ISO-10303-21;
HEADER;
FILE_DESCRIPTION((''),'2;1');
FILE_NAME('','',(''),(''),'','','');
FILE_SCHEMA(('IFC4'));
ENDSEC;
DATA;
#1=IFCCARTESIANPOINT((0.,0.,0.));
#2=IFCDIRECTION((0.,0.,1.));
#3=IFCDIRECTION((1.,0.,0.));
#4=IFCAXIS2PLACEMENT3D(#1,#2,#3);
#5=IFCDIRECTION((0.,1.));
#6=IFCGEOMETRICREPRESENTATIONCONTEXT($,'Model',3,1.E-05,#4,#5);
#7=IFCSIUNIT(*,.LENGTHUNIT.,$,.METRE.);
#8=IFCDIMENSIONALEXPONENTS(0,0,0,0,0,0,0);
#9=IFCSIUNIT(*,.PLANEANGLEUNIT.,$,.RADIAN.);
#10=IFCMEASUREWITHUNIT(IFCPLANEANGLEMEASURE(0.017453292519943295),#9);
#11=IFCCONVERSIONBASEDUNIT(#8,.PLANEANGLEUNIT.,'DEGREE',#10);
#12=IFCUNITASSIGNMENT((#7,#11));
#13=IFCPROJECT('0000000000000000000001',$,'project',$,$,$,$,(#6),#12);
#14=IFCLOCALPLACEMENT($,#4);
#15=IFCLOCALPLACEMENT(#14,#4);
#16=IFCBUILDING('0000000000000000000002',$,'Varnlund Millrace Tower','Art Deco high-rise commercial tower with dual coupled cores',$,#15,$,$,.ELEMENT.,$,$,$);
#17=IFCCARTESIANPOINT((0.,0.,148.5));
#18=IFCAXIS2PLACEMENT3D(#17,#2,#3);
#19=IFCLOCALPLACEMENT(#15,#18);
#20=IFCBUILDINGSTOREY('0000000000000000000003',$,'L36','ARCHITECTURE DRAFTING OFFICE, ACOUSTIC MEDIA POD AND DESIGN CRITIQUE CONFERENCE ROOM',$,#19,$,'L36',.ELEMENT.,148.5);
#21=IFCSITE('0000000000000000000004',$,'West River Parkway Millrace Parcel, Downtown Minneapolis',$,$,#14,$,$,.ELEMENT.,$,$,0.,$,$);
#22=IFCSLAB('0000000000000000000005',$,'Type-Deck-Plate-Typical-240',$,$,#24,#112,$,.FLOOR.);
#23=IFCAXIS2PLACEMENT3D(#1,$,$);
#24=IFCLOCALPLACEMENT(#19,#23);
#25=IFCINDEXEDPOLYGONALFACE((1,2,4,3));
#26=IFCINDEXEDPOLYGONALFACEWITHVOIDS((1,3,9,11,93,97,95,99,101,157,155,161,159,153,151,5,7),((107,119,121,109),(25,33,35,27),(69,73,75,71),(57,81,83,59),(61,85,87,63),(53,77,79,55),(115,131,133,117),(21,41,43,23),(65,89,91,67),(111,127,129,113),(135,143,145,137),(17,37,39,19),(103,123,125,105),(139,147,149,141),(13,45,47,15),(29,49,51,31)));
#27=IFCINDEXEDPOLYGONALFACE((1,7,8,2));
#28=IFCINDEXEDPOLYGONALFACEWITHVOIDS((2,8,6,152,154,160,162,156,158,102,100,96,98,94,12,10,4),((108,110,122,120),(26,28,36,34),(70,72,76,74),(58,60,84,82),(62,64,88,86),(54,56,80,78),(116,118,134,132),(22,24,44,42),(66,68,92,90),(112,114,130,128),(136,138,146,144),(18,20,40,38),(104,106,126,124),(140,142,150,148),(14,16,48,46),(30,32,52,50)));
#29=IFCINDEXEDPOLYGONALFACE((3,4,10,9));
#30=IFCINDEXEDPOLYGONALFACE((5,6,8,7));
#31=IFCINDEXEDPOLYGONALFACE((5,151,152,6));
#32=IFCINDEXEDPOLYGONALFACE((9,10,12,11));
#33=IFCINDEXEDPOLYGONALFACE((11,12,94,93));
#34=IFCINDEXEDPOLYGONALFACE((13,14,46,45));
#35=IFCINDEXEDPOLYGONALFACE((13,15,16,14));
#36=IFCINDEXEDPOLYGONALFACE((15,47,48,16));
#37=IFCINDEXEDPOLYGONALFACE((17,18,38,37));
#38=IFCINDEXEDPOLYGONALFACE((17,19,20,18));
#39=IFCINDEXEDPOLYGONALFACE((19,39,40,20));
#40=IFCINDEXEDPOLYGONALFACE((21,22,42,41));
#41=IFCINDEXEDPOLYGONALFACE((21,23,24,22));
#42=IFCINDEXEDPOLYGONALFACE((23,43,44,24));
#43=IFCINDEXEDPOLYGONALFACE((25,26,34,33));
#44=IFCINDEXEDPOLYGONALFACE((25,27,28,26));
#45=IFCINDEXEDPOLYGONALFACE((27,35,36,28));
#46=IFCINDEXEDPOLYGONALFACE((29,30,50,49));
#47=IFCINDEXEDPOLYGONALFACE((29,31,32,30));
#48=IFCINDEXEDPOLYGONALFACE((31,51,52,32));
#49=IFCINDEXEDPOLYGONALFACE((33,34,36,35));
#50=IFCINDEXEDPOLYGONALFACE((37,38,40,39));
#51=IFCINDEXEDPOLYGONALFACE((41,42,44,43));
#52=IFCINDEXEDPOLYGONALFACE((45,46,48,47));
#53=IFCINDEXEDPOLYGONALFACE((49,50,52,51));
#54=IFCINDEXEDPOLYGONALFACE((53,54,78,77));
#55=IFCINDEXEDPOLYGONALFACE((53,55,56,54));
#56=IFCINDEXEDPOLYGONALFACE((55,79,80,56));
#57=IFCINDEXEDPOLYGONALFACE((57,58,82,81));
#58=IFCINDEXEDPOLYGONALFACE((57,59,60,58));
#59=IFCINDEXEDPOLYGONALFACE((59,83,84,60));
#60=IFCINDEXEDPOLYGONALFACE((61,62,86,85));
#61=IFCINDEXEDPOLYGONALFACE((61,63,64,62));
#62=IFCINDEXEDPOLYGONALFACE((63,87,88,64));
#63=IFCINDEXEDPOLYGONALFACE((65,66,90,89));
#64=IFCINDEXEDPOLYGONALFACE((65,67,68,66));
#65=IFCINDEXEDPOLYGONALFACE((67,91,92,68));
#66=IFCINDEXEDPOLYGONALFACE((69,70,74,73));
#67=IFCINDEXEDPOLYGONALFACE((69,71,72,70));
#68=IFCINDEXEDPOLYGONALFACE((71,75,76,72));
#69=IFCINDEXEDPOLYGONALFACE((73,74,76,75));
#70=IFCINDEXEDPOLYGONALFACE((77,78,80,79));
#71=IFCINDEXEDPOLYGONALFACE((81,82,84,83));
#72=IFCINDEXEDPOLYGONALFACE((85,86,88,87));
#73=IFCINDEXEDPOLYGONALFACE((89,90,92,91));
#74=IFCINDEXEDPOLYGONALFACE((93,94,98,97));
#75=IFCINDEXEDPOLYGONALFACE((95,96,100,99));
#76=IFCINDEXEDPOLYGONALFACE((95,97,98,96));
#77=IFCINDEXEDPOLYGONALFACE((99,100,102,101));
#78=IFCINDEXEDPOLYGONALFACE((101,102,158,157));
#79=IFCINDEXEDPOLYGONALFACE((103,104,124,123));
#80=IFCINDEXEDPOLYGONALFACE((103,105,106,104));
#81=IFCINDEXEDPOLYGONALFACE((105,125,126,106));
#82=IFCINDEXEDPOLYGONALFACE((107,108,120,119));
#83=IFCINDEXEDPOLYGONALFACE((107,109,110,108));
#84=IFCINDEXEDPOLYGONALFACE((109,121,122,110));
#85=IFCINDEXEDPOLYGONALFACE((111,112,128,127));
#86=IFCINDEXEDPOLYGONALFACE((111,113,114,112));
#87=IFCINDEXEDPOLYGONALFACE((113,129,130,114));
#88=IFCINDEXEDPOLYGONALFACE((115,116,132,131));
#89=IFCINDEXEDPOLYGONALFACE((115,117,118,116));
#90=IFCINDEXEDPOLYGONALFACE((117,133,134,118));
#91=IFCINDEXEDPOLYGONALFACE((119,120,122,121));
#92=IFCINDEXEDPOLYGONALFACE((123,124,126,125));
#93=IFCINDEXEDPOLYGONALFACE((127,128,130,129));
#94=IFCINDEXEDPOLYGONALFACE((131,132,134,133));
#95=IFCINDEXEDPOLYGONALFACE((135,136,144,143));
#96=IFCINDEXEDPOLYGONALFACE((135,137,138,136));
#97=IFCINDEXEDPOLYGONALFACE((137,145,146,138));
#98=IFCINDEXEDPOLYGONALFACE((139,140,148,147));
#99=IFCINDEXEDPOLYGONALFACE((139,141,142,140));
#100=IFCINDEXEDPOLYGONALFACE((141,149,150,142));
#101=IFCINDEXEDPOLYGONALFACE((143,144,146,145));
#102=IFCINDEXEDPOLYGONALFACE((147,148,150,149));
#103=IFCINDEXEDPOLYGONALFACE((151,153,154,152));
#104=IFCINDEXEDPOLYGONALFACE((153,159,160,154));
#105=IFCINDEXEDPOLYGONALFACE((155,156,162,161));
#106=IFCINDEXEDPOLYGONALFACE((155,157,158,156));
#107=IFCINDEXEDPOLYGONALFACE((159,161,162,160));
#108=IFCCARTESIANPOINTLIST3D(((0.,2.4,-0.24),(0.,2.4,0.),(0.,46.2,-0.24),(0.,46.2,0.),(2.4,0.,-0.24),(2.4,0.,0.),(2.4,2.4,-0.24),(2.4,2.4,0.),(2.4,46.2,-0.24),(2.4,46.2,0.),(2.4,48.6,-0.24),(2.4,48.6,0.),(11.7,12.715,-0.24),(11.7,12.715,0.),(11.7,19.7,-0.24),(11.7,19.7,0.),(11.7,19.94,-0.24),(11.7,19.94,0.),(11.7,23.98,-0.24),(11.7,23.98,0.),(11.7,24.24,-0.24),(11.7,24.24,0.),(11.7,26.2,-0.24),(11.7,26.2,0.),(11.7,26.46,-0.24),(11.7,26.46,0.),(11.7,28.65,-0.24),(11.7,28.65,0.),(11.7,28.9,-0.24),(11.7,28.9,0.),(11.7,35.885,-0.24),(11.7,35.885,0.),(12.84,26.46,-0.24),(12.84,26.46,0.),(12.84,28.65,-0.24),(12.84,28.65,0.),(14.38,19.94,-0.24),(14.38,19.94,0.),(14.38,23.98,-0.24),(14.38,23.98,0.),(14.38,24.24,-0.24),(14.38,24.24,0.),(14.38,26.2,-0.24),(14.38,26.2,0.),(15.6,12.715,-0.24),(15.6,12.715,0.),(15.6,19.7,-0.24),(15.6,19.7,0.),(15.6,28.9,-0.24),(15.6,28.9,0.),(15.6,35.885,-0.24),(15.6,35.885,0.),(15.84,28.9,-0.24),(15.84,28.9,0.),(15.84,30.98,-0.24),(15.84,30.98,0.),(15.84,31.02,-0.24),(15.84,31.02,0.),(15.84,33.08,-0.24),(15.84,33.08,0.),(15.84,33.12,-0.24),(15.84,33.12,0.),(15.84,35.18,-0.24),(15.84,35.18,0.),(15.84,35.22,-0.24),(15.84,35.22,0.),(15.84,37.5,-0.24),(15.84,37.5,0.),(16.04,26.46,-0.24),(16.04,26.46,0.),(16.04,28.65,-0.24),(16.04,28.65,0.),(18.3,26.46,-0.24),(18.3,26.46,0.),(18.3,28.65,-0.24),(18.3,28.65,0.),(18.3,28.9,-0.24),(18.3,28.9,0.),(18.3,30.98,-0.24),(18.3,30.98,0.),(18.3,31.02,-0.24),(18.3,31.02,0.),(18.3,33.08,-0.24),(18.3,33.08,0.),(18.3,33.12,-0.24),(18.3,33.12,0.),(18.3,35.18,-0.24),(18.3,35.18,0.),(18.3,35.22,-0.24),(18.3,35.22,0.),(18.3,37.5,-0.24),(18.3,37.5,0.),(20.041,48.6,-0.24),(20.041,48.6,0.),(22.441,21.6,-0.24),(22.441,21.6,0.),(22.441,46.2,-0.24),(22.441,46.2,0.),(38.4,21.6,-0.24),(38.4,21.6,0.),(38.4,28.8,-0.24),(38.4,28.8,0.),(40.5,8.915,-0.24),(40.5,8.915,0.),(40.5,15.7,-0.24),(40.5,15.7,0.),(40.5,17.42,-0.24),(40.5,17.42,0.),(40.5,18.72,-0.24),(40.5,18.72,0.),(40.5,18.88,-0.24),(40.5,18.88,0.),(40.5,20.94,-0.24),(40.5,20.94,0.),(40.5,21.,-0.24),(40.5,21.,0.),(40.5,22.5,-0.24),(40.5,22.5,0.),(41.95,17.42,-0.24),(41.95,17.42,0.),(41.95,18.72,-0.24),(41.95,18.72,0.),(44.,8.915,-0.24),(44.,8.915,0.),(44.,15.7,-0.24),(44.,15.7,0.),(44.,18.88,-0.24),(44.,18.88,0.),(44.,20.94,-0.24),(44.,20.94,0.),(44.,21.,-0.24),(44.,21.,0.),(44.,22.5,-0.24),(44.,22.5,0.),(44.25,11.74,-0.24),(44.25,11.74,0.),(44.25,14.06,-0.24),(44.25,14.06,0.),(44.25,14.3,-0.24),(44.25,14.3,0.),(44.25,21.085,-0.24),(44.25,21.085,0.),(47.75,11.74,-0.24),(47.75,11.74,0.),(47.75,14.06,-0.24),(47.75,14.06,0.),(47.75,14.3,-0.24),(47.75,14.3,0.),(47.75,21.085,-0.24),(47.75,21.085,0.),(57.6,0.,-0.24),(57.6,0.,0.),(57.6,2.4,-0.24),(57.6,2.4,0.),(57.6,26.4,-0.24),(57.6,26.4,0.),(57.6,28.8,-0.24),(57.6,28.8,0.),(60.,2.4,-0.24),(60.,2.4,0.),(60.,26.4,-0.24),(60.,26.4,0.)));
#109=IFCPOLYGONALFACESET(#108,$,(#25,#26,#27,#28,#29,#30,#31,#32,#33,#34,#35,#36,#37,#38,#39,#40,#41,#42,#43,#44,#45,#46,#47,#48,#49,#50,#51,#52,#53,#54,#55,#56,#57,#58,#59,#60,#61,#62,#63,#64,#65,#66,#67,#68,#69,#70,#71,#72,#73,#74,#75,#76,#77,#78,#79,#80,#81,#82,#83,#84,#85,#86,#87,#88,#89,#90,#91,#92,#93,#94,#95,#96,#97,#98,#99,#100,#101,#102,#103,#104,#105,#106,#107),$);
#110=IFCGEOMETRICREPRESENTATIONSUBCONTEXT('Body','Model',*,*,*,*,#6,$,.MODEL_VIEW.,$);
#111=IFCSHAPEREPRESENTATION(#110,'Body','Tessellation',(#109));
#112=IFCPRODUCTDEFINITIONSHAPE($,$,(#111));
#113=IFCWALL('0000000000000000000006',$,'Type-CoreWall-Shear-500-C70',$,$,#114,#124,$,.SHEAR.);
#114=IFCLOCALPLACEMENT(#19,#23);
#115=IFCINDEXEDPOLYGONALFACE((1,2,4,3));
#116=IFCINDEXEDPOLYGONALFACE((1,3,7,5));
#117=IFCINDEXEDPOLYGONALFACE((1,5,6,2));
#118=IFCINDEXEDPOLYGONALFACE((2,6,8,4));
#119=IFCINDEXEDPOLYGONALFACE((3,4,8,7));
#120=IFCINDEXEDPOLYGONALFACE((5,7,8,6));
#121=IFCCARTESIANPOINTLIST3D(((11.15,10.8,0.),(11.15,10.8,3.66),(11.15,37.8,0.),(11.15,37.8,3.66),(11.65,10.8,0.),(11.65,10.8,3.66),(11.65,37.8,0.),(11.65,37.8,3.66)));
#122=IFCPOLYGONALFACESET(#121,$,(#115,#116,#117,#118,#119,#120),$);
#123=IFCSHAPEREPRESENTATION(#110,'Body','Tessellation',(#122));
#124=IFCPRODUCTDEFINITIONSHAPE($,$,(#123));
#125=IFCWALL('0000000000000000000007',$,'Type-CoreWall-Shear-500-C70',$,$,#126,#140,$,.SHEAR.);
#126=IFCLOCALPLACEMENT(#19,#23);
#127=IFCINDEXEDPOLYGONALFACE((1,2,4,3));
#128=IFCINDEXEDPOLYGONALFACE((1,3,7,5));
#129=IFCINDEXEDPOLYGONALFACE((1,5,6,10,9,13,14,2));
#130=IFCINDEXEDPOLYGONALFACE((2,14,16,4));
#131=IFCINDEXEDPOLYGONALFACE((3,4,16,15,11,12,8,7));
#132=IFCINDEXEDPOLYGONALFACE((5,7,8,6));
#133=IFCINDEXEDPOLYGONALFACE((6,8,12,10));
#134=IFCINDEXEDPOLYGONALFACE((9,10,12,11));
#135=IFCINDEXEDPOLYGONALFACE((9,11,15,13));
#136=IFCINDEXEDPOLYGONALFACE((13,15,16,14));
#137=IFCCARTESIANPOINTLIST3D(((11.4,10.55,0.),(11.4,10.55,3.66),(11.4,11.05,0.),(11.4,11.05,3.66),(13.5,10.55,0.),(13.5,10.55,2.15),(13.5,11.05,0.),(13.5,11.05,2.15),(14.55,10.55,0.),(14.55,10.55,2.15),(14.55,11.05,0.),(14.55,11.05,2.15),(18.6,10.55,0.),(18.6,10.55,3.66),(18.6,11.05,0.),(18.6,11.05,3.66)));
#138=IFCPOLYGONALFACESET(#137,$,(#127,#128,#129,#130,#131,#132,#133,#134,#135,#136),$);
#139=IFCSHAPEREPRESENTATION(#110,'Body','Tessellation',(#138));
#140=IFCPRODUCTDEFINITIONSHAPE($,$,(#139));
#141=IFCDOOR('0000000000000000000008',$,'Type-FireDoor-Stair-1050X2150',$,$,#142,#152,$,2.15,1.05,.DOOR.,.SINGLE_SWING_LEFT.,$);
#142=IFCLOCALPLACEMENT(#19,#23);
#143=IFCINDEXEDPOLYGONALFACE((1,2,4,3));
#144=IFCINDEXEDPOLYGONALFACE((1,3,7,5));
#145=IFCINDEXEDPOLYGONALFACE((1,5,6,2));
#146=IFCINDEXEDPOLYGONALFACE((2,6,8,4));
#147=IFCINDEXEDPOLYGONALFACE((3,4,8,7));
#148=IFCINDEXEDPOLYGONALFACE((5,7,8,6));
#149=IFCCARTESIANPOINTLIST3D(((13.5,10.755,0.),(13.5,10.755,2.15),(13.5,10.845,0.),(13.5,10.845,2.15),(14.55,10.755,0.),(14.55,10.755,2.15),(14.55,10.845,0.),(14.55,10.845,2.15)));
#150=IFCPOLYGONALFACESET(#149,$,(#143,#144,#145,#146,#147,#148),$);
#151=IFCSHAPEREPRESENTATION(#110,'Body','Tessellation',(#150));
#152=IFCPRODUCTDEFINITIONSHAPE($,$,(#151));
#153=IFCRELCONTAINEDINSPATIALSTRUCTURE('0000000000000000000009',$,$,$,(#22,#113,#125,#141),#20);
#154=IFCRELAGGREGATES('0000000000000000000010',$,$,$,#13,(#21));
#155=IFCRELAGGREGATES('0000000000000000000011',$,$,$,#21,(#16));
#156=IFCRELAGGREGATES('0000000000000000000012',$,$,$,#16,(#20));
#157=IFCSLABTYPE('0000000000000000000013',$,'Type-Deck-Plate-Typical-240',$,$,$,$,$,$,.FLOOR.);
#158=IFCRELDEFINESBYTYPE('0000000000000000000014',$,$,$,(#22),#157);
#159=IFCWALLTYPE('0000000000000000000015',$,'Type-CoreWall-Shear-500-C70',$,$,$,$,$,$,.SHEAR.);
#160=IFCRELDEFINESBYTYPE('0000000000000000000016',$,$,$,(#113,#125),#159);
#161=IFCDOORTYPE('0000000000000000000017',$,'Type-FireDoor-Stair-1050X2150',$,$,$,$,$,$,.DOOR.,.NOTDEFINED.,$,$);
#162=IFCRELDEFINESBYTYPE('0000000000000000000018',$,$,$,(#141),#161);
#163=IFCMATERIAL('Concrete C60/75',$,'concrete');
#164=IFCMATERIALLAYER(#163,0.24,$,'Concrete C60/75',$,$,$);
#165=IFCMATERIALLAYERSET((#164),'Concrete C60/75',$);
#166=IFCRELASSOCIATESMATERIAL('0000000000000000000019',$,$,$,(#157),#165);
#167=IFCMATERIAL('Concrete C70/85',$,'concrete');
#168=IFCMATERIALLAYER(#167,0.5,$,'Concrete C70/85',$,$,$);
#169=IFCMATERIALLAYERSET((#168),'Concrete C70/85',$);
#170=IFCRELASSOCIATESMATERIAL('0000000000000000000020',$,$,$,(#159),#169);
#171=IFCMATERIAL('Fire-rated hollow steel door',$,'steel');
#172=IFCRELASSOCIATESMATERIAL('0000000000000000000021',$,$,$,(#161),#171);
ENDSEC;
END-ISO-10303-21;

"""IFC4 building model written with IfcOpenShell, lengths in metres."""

from ifc_helpers import new_model, entity, si_unit, converted_unit, direction, frame, origin_with_axes, origin_2d_with_axis, place, context, subcontext, project, spatial, polyline, rectangle, outline, extrude, material, layer, layer_set, type_object, element, fill, save


model = new_model("IFC4")

# Units and contexts
model_context = context("Model", 3, precision=1e-05, world=origin_with_axes(), true_north=direction((0.0, 1.0)))
body_context = subcontext(model_context, "Body", "Model", "MODEL_VIEW")
ifc_project = project(units=[si_unit("LENGTHUNIT", "METRE"), converted_unit("PLANEANGLEUNIT", "DEGREE", entity("IfcPlaneAngleMeasure", 0.017453292519943295), si_unit("PLANEANGLEUNIT", "RADIAN"), dimensions=[0, 0, 0, 0, 0, 0, 0])], contexts=[model_context])

# Site, building, storey
site_placement = place(None, origin_with_axes())
site = spatial("IfcSite", under=ifc_project, at=site_placement, Name="West River Parkway Millrace Parcel, Downtown Minneapolis", CompositionType="ELEMENT", RefElevation=0.0)
building_placement = place(site_placement, origin_with_axes())
building = spatial("IfcBuilding", under=site, at=building_placement, Name="Varnlund Millrace Tower", Description="Art Deco high-rise commercial tower with dual coupled cores", CompositionType="ELEMENT")
storey_placement = place(building_placement, frame((0.0, 0.0, 148.5), z_axis=(0.0, 0.0, 1.0), x_axis=(1.0, 0.0, 0.0)))
storey = spatial("IfcBuildingStorey", under=building, at=storey_placement, Name="L36", Description="ARCHITECTURE DRAFTING OFFICE, ACOUSTIC MEDIA POD AND DESIGN CRITIQUE CONFERENCE ROOM", LongName="L36", CompositionType="ELEMENT", Elevation=148.5)

# Slab
ifc_material_1 = material(Name="Concrete C60/75", Category="concrete")
ifc_layer_1 = layer(ifc_material_1, 0.24, Name="Concrete C60/75")
ifc_layer_set_1 = layer_set([ifc_layer_1], Name="Concrete C60/75")
slab_type = type_object("IfcSlabType", Name="Type-Deck-Plate-Typical-240", PredefinedType="FLOOR", material=ifc_layer_set_1)
slab_placement = place(storey_placement, frame((0.0, 0.0, -0.24), z_axis=(0.0, 0.0, 1.0), x_axis=(1.0, 0.0, 0.0)))
element("IfcSlab", 1, at=slab_placement, inside=storey, type_object=slab_type, Name="Type-Deck-Plate-Typical-240", PredefinedType="FLOOR", context=body_context, shape_type="SweptSolid", body=[
    extrude(outline(polyline([(22.441, 21.6), (22.441, 46.2), (20.041, 48.6), (2.4, 48.6), (2.4, 46.2), (0.0, 46.2), (0.0, 2.4), (2.4, 2.4), (2.4, 0.0), (57.6, 0.0), (57.6, 2.4), (60.0, 2.4), (60.0, 26.4), (57.6, 26.4), (57.6, 28.8), (38.4, 28.8), (38.4, 21.6), (22.441, 21.6)]), holes=[polyline([(15.6, 12.715), (11.7, 12.715), (11.7, 19.7), (15.6, 19.7), (15.6, 12.715)]), polyline([(14.38, 23.98), (14.38, 19.94), (11.7, 19.94), (11.7, 23.98), (14.38, 23.98)]), polyline([(14.38, 24.24), (11.7, 24.24), (11.7, 26.2), (14.38, 26.2), (14.38, 24.24)]), polyline([(12.84, 26.46), (11.7, 26.46), (11.7, 28.65), (12.84, 28.65), (12.84, 26.46)]), polyline([(18.3, 28.9), (15.84, 28.9), (15.84, 30.98), (18.3, 30.98), (18.3, 28.9)]), polyline([(18.3, 31.02), (15.84, 31.02), (15.84, 33.08), (18.3, 33.08), (18.3, 31.02)]), polyline([(15.6, 28.9), (11.7, 28.9), (11.7, 35.885), (15.6, 35.885), (15.6, 28.9)]), polyline([(18.3, 33.12), (15.84, 33.12), (15.84, 35.18), (18.3, 35.18), (18.3, 33.12)]), polyline([(44.0, 8.915), (40.5, 8.915), (40.5, 15.7), (44.0, 15.7), (44.0, 8.915)]), polyline([(47.75, 11.74), (44.25, 11.74), (44.25, 14.06), (47.75, 14.06), (47.75, 11.74)]), polyline([(47.75, 14.3), (44.25, 14.3), (44.25, 21.085), (47.75, 21.085), (47.75, 14.3)]), polyline([(41.95, 17.42), (40.5, 17.42), (40.5, 18.72), (41.95, 18.72), (41.95, 17.42)]), polyline([(44.0, 18.88), (40.5, 18.88), (40.5, 20.94), (44.0, 20.94), (44.0, 18.88)]), polyline([(44.0, 21.0), (40.5, 21.0), (40.5, 22.5), (44.0, 22.5), (44.0, 21.0)]), polyline([(16.04, 26.46), (16.04, 28.65), (18.3, 28.65), (18.3, 26.46), (16.04, 26.46)]), polyline([(15.84, 35.22), (15.84, 37.5), (18.3, 37.5), (18.3, 35.22), (15.84, 35.22)])]), origin_with_axes(), (0.0, 0.0, 1.0), 0.24),
])

# Wall
ifc_material_2 = material(Name="Concrete C70/85", Category="concrete")
ifc_layer_2 = layer(ifc_material_2, 0.5, Name="Concrete C70/85")
ifc_layer_set_2 = layer_set([ifc_layer_2], Name="Concrete C70/85")
wall_type_1 = type_object("IfcWallType", Name="Type-CoreWall-Shear-500-C70", PredefinedType="SHEAR", material=ifc_layer_set_2)
wall_1_placement = place(storey_placement, frame((11.4, 10.8, 0.0), z_axis=(0.0, 0.0, 1.0), x_axis=(0.0, 1.0, 0.0)))
element("IfcWall", 2, at=wall_1_placement, inside=storey, type_object=wall_type_1, Name="Type-CoreWall-Shear-500-C70", PredefinedType="SHEAR", context=body_context, shape_type="SweptSolid", body=[
    extrude(outline(polyline([(0.0, -0.25), (27.0, -0.25), (27.0, 0.25), (0.0, 0.25), (0.0, -0.25)])), origin_with_axes(), (0.0, 0.0, 1.0), 3.66),
])

# Wall, opening, door
wall_2_placement = place(storey_placement, frame((11.4, 10.8, 0.0), z_axis=(0.0, 0.0, 1.0), x_axis=(1.0, 0.0, 0.0)))
wall_2 = element("IfcWall", 3, at=wall_2_placement, inside=storey, type_object=wall_type_1, Name="Type-CoreWall-Shear-500-C70", PredefinedType="SHEAR", context=body_context, shape_type="SweptSolid", body=[
    extrude(outline(polyline([(0.0, -0.25), (7.2, -0.25), (7.2, 0.25), (0.0, 0.25), (0.0, -0.25)])), origin_with_axes(), (0.0, 0.0, 1.0), 3.66),
])
opening_1_placement = place(wall_2_placement, frame((2.625, 0.0, 0.0), z_axis=(0.0, 0.0, 1.0), x_axis=(1.0, 0.0, 0.0)))
opening_1 = element("IfcOpeningElement", 4, at=opening_1_placement, cuts=wall_2, PredefinedType="OPENING", context=body_context, shape_type="SweptSolid", body=[
    extrude(rectangle(XDim=1.05, YDim=0.52, at=origin_2d_with_axis()), origin_with_axes(), (0.0, 0.0, 1.0), 2.15),
])
ifc_material_3 = material(Name="Fire-rated hollow steel door", Category="steel")
door_type_1 = type_object("IfcDoorType", Name="Type-FireDoor-Stair-1050X2150", OperationType="NOTDEFINED", PredefinedType="DOOR", material=ifc_material_3)
door_1_placement = place(wall_2_placement, frame((2.625, 0.0, 0.0), z_axis=(0.0, 0.0, 1.0), x_axis=(1.0, 0.0, 0.0)))
door_1 = element("IfcDoor", 5, at=door_1_placement, inside=storey, type_object=door_type_1, Name="Type-FireDoor-Stair-1050X2150", OperationType="SINGLE_SWING_LEFT", OverallHeight=2.15, OverallWidth=1.05, PredefinedType="DOOR", context=body_context, shape_type="SweptSolid", body=[
    extrude(rectangle(XDim=1.05, YDim=0.09, at=origin_2d_with_axis()), origin_with_axes(), (0.0, 0.0, 1.0), 2.15),
])
fill(opening_1, door_1)

save(model, "model.ifc")
